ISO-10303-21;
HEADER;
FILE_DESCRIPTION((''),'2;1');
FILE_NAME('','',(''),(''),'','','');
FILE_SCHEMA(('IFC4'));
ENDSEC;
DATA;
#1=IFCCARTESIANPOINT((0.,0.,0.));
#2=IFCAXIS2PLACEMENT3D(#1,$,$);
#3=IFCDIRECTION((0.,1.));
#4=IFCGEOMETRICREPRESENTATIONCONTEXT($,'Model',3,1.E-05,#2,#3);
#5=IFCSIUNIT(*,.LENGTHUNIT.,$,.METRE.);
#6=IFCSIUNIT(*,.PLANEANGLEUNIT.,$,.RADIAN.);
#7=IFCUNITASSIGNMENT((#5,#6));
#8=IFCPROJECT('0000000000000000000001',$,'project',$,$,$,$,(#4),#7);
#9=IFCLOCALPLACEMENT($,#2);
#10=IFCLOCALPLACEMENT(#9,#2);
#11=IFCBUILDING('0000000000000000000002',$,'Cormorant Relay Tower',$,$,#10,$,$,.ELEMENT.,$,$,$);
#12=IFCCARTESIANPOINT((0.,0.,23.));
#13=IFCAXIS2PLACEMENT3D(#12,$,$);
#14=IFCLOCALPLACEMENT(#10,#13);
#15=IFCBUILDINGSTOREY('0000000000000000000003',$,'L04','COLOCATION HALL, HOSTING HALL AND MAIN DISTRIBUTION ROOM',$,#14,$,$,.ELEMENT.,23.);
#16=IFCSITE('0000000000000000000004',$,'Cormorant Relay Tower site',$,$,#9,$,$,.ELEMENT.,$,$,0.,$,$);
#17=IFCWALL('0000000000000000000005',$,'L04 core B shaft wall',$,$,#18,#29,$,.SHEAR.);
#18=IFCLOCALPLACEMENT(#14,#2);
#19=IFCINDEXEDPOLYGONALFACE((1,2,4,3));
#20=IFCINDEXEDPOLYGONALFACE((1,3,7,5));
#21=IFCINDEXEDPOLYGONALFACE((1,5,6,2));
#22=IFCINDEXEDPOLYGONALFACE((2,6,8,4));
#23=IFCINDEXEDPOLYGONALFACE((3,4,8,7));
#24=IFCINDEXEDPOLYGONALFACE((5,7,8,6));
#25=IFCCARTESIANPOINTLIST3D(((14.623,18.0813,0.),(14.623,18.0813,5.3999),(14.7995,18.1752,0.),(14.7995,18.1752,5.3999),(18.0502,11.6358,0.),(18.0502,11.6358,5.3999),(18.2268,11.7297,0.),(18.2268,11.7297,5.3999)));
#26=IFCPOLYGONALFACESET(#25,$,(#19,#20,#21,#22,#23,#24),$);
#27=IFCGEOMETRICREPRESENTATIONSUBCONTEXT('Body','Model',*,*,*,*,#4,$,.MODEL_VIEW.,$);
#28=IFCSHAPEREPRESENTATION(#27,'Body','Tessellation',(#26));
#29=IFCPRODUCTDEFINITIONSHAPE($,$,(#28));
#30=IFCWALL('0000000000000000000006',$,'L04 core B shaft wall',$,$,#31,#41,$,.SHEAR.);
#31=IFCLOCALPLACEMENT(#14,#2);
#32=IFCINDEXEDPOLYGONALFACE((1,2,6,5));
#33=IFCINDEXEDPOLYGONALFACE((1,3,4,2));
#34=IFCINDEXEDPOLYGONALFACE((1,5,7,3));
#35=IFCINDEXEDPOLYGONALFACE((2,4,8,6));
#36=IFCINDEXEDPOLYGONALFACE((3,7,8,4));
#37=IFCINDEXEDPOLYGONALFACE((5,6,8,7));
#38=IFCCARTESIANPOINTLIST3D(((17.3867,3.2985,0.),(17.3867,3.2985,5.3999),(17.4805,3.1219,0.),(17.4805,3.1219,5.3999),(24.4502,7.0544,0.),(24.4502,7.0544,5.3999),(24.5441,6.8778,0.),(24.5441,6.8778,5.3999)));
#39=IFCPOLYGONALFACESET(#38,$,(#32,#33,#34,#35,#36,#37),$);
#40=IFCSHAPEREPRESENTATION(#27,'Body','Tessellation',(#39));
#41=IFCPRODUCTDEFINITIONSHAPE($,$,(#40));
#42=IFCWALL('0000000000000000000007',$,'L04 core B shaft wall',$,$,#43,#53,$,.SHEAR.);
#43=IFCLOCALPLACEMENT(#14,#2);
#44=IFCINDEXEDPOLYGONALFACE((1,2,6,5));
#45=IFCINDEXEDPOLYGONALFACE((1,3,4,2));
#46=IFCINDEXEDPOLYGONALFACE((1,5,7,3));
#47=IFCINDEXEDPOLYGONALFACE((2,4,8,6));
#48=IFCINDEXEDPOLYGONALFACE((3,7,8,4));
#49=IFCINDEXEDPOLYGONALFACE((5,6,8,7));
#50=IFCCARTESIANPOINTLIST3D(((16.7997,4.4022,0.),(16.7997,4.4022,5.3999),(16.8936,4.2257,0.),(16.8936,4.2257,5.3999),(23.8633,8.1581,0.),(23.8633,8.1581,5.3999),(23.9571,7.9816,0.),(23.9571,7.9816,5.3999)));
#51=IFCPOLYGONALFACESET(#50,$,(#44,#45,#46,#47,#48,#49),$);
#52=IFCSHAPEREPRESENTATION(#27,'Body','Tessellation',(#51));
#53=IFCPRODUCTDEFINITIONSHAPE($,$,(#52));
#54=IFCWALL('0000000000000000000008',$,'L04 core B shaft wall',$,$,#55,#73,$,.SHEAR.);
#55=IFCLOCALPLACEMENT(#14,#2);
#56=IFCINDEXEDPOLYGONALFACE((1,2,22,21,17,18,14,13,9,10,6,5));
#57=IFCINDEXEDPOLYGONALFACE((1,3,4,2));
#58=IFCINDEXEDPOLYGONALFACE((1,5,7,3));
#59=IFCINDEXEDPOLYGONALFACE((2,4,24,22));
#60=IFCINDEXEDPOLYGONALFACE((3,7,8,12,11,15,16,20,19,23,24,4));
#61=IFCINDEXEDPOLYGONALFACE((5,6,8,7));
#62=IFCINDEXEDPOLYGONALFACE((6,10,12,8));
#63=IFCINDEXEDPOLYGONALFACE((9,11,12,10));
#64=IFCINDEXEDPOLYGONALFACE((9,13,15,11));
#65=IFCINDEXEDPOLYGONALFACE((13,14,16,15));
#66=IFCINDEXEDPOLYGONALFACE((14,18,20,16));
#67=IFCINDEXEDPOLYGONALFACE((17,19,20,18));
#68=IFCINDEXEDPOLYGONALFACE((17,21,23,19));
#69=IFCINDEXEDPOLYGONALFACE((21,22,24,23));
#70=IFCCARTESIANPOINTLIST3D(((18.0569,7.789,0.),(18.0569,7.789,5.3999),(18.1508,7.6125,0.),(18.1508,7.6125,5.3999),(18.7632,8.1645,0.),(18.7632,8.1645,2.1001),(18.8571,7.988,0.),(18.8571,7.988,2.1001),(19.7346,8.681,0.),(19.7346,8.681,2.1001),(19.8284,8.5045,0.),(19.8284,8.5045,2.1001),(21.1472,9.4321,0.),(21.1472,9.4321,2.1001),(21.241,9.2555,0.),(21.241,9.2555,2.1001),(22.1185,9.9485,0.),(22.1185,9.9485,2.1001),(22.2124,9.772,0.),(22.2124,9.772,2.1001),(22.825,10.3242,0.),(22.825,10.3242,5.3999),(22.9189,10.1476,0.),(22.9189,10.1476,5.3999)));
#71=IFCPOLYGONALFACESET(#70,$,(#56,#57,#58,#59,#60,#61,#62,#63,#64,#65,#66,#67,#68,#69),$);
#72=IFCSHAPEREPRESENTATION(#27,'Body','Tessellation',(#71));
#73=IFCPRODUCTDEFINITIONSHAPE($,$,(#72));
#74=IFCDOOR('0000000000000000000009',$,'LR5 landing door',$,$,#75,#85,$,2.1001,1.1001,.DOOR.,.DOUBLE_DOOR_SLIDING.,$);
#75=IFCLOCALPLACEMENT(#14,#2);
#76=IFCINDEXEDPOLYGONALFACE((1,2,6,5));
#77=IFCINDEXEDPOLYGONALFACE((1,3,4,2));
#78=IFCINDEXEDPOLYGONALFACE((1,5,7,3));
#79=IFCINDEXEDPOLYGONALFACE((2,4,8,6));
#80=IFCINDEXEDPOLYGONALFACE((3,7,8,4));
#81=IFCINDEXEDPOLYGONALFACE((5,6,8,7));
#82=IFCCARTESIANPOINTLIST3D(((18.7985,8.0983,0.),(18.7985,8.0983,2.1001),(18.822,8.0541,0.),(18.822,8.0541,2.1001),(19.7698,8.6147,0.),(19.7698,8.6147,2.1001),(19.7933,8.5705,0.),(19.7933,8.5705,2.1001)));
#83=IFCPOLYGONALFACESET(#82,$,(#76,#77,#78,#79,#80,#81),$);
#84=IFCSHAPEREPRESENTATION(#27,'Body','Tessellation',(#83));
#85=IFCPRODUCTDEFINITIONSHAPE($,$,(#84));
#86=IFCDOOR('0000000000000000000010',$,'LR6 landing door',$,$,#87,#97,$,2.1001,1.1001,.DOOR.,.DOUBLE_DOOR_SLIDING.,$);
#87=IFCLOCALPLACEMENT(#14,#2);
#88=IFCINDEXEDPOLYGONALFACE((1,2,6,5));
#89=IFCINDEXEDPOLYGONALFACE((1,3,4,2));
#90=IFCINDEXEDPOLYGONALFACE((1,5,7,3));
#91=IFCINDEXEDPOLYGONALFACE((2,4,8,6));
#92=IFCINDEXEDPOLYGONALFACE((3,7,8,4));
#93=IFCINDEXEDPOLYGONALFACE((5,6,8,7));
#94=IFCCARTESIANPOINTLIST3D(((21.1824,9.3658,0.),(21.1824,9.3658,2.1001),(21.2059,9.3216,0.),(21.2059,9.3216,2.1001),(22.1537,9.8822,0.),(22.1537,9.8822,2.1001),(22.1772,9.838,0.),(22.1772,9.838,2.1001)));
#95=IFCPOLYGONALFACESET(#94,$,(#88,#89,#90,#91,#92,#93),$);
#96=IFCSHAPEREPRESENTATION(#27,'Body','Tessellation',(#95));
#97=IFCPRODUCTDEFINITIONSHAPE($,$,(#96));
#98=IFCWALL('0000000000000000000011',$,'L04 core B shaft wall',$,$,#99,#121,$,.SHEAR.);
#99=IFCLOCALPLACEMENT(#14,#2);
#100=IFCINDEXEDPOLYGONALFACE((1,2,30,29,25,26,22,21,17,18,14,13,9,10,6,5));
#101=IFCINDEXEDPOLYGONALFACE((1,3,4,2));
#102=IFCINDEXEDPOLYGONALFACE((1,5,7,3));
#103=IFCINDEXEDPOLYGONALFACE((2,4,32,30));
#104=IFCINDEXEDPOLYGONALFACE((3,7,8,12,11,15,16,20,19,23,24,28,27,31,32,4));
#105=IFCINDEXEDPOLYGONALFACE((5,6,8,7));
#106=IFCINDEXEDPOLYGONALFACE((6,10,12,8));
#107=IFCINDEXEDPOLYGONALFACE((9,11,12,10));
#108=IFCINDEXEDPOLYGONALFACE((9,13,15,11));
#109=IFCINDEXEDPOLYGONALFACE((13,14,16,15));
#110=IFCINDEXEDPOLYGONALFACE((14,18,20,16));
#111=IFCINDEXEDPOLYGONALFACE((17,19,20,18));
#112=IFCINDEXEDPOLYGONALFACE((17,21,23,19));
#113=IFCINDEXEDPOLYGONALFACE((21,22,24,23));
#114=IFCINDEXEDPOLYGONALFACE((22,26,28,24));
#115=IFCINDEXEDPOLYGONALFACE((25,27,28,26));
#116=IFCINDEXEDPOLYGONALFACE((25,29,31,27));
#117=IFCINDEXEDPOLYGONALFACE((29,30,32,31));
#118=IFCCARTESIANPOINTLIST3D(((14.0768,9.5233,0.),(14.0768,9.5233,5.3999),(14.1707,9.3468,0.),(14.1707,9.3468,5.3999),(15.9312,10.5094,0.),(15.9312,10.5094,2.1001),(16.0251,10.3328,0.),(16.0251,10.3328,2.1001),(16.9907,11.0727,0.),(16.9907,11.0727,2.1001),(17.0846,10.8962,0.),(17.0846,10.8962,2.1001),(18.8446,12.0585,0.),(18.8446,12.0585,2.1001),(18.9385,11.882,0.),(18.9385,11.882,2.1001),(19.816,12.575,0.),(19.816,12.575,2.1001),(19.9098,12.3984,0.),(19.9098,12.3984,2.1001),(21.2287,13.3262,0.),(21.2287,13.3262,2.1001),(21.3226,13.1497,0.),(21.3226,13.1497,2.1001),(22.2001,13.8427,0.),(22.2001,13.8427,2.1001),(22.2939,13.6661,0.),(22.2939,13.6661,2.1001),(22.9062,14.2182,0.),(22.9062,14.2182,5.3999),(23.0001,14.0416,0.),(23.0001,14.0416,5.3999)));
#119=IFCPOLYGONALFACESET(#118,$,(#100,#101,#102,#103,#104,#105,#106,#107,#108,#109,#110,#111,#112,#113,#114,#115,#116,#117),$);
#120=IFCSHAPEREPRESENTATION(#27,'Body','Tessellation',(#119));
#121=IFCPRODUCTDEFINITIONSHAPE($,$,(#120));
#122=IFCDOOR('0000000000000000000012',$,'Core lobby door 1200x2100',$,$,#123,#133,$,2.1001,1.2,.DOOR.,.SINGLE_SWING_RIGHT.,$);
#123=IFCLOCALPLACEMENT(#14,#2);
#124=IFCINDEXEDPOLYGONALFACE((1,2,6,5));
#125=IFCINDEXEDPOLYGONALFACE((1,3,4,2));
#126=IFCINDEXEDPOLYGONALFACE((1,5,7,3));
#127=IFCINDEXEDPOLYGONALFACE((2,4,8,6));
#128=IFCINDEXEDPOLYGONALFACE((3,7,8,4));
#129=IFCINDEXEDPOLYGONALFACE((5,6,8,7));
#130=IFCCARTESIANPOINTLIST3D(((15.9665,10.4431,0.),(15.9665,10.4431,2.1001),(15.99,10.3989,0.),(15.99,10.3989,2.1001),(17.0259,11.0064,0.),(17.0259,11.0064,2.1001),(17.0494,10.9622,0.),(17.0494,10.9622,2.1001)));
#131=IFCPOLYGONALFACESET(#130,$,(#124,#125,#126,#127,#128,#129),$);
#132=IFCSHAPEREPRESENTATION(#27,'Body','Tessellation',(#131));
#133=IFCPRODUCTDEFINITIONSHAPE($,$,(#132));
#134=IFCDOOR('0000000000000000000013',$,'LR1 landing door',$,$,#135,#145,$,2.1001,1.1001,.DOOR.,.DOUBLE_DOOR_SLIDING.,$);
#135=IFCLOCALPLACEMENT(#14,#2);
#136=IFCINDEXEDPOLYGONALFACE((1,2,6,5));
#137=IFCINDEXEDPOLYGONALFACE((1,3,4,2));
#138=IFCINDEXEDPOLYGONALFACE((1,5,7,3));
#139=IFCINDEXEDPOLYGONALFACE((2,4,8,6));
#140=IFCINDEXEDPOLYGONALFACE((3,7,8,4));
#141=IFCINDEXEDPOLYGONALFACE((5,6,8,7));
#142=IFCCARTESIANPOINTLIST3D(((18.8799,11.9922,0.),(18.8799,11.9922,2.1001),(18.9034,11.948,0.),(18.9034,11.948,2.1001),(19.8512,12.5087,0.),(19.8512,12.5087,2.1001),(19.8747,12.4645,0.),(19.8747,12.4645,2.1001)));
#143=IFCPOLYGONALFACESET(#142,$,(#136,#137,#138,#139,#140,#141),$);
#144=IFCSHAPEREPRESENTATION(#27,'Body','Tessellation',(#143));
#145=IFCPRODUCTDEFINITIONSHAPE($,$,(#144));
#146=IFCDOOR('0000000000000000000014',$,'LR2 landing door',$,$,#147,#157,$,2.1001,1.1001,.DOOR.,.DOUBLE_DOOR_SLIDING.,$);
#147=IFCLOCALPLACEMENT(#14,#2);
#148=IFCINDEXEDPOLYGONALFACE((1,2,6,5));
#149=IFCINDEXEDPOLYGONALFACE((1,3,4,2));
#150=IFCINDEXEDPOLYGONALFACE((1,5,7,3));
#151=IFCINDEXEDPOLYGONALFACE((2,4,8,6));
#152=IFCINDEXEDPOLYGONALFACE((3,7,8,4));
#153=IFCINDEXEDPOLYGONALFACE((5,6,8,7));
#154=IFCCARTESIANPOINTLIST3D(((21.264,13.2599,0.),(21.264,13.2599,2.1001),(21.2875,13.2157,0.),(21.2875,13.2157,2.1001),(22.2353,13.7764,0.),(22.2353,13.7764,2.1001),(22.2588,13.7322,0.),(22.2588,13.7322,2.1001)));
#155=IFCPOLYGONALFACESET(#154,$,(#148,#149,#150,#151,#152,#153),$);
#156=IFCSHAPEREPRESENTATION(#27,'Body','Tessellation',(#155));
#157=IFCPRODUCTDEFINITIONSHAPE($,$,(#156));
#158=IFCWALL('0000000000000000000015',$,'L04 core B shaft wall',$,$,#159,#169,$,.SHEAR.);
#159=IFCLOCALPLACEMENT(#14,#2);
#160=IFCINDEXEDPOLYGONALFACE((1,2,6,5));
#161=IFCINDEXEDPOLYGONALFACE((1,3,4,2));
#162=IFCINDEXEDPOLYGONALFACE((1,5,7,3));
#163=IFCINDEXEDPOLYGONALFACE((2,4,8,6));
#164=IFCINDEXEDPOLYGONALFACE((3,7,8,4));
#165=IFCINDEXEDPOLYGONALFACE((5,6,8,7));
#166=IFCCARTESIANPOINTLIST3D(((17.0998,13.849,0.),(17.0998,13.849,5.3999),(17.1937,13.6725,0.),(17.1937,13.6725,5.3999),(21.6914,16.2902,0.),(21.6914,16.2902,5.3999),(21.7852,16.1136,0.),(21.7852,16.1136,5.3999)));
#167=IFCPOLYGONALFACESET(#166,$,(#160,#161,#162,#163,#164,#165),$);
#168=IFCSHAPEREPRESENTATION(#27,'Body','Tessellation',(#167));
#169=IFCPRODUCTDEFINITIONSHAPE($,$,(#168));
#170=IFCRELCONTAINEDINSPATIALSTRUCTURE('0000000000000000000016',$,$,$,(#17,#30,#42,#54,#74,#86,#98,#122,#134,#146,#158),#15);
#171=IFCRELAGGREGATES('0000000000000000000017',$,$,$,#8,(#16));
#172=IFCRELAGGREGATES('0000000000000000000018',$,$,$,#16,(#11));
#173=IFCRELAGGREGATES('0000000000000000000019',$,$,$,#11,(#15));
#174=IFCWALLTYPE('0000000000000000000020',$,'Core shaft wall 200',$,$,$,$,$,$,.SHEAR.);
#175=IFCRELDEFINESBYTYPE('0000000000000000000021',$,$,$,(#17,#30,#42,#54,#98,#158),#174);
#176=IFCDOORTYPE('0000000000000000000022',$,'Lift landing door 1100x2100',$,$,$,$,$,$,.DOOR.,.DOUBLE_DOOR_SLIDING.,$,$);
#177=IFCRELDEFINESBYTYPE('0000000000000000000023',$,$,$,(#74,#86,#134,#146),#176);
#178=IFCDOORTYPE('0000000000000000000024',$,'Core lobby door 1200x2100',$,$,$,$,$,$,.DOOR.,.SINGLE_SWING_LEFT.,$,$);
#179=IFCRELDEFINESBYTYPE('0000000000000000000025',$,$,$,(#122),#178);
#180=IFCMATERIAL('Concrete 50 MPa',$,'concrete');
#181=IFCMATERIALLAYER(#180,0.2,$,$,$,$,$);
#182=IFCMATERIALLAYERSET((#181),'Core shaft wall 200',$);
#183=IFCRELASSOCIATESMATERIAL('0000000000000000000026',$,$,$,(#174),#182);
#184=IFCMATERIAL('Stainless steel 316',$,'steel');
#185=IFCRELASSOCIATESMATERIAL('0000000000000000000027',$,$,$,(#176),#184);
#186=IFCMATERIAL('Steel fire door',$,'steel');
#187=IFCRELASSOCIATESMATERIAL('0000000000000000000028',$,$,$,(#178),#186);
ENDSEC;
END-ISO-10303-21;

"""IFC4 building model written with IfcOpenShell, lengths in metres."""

from ifc_helpers import new_model, si_unit, direction, frame, frame_2d, origin, place, context, subcontext, project, spatial, rectangle, extrude, material, layer, layer_set, type_object, element, fill, save


model = new_model("IFC4")

# Units and contexts
model_context = context("Model", 3, precision=1e-05, world=origin(), true_north=direction((0.0, 1.0)))
body_context = subcontext(model_context, "Body", "Model", "MODEL_VIEW")
ifc_project = project(units=[si_unit("LENGTHUNIT", "METRE"), si_unit("PLANEANGLEUNIT", "RADIAN")], contexts=[model_context])

# Site, building, storey
site_placement = place(None, origin())
site = spatial("IfcSite", under=ifc_project, at=site_placement, Name="Cormorant Relay Tower site", CompositionType="ELEMENT", RefElevation=0.0)
building_placement = place(site_placement, origin())
building = spatial("IfcBuilding", under=site, at=building_placement, Name="Cormorant Relay Tower", CompositionType="ELEMENT")
storey_placement = place(building_placement, frame((0.0, 0.0, 23.0)))
storey = spatial("IfcBuildingStorey", under=building, at=storey_placement, Name="L04", Description="COLOCATION HALL, HOSTING HALL AND MAIN DISTRIBUTION ROOM", CompositionType="ELEMENT", Elevation=23.0)

# Walls
ifc_material_1 = material(Name="Concrete 50 MPa", Category="concrete")
ifc_layer_1 = layer(ifc_material_1, 0.2)
ifc_layer_set_1 = layer_set([ifc_layer_1], Name="Core shaft wall 200")
wall_type_1 = type_object("IfcWallType", Name="Core shaft wall 200", PredefinedType="SHEAR", material=ifc_layer_set_1)
wall_1_placement = place(storey_placement, frame((18.1384, 11.6829, 0.0), z_axis=(0.0, 0.0, 1.0), x_axis=(-0.46948, 0.882943, 0.0)))
element("IfcWall", 1, at=wall_1_placement, inside=storey, type_object=wall_type_1, Name="L04 core B shaft wall", PredefinedType="SHEAR", context=body_context, shape_type="SweptSolid", body=[
    extrude(rectangle(XDim=7.3, YDim=0.2, at=frame_2d((3.6499, 0.0))), origin(), (0.0, 0.0, 1.0), 5.3999),
])
for number, where, z_axis, x_axis, name in (
    (2, (17.4336, 3.2102, 0.0), (0.0, 0.0, 1.0), (0.88294, 0.469485, 0.0), "L04 core B shaft wall"),
    (3, (16.8467, 4.314, 0.0), (0.0, 0.0, 1.0), (0.88294, 0.469485, 0.0), "L04 core B shaft wall"),
):
    element("IfcWall", number, at=place(storey_placement, frame(where, z_axis=z_axis, x_axis=x_axis)), inside=storey, type_object=wall_type_1, Name=name, PredefinedType="SHEAR", context=body_context, shape_type="SweptSolid", body=[
        extrude(rectangle(XDim=8.0, YDim=0.2, at=frame_2d((4.0, 0.0))), origin(), (0.0, 0.0, 1.0), 5.3999),
    ])

# Walls, openings, doors
wall_2_placement = place(storey_placement, frame((18.1038, 7.7007, 0.0), z_axis=(0.0, 0.0, 1.0), x_axis=(0.882953, 0.469462, 0.0)))
wall_2 = element("IfcWall", 4, at=wall_2_placement, inside=storey, type_object=wall_type_1, Name="L04 core B shaft wall", PredefinedType="SHEAR", context=body_context, shape_type="SweptSolid", body=[
    extrude(rectangle(XDim=5.4001, YDim=0.2, at=frame_2d((2.7002, 0.0))), origin(), (0.0, 0.0, 1.0), 5.3999),
])
opening_1_placement = place(wall_2_placement, frame((0.8, 0.0, 0.0)))
opening_1 = element("IfcOpeningElement", 5, at=opening_1_placement, cuts=wall_2, PredefinedType="OPENING", context=body_context, shape_type="SweptSolid", body=[
    extrude(rectangle(XDim=1.1001, YDim=2.1001, at=frame_2d((0.55, 1.05))), frame((0.0, 0.1099, 0.0), z_axis=(0.0, -1.0, 0.0), x_axis=(1.0, 0.0, 0.0)), (0.0, 0.0, 1.0), 0.22),
])
opening_2_placement = place(wall_2_placement, frame((3.5, 0.0, 0.0)))
opening_2 = element("IfcOpeningElement", 6, at=opening_2_placement, cuts=wall_2, PredefinedType="OPENING", context=body_context, shape_type="SweptSolid", body=[
    extrude(rectangle(XDim=1.1001, YDim=2.1001, at=frame_2d((0.55, 1.05))), frame((0.0, 0.1099, 0.0), z_axis=(0.0, -1.0, 0.0), x_axis=(1.0, 0.0, 0.0)), (0.0, 0.0, 1.0), 0.22),
])
ifc_material_2 = material(Name="Stainless steel 316", Category="steel")
door_type_1 = type_object("IfcDoorType", Name="Lift landing door 1100x2100", OperationType="DOUBLE_DOOR_SLIDING", PredefinedType="DOOR", material=ifc_material_2)
door_1_placement = place(opening_1_placement, origin())
door_1 = element("IfcDoor", 7, at=door_1_placement, inside=storey, type_object=door_type_1, Name="LR5 landing door", OperationType="DOUBLE_DOOR_SLIDING", OverallHeight=2.1001, OverallWidth=1.1001, PredefinedType="DOOR", context=body_context, shape_type="SweptSolid", body=[
    extrude(rectangle(XDim=1.1001, YDim=2.1001, at=frame_2d((0.55, 1.05))), frame((0.0, 0.0249, 0.0), z_axis=(0.0, -1.0, 0.0), x_axis=(1.0, 0.0, 0.0)), (0.0, 0.0, 1.0), 0.05),
])
fill(opening_1, door_1)
door_2_placement = place(opening_2_placement, origin())
door_2 = element("IfcDoor", 8, at=door_2_placement, inside=storey, type_object=door_type_1, Name="LR6 landing door", OperationType="DOUBLE_DOOR_SLIDING", OverallHeight=2.1001, OverallWidth=1.1001, PredefinedType="DOOR", context=body_context, shape_type="SweptSolid", body=[
    extrude(rectangle(XDim=1.1001, YDim=2.1001, at=frame_2d((0.55, 1.05))), frame((0.0, 0.0249, 0.0), z_axis=(0.0, -1.0, 0.0), x_axis=(1.0, 0.0, 0.0)), (0.0, 0.0, 1.0), 0.05),
])
fill(opening_2, door_2)
wall_3_placement = place(storey_placement, frame((14.1238, 9.4351, 0.0), z_axis=(0.0, 0.0, 1.0), x_axis=(0.88294, 0.469485, 0.0)))
wall_3 = element("IfcWall", 9, at=wall_3_placement, inside=storey, type_object=wall_type_1, Name="L04 core B shaft wall", PredefinedType="SHEAR", context=body_context, shape_type="SweptSolid", body=[
    extrude(rectangle(XDim=10.0, YDim=0.2, at=frame_2d((5.0, 0.0))), origin(), (0.0, 0.0, 1.0), 5.3999),
])
opening_3_placement = place(wall_3_placement, frame((2.1001, 0.0, 0.0)))
opening_3 = element("IfcOpeningElement", 10, at=opening_3_placement, cuts=wall_3, PredefinedType="OPENING", context=body_context, shape_type="SweptSolid", body=[
    extrude(rectangle(XDim=1.2, YDim=2.1001, at=frame_2d((0.6001, 1.05))), frame((0.0, 0.1099, 0.0), z_axis=(0.0, -1.0, 0.0), x_axis=(1.0, 0.0, 0.0)), (0.0, 0.0, 1.0), 0.22),
])
opening_4_placement = place(wall_3_placement, frame((5.3999, 0.0, 0.0)))
opening_4 = element("IfcOpeningElement", 11, at=opening_4_placement, cuts=wall_3, PredefinedType="OPENING", context=body_context, shape_type="SweptSolid", body=[
    extrude(rectangle(XDim=1.1001, YDim=2.1001, at=frame_2d((0.55, 1.05))), frame((0.0, 0.1099, 0.0), z_axis=(0.0, -1.0, 0.0), x_axis=(1.0, 0.0, 0.0)), (0.0, 0.0, 1.0), 0.22),
])
opening_5_placement = place(wall_3_placement, frame((8.1001, 0.0, 0.0)))
opening_5 = element("IfcOpeningElement", 12, at=opening_5_placement, cuts=wall_3, PredefinedType="OPENING", context=body_context, shape_type="SweptSolid", body=[
    extrude(rectangle(XDim=1.1001, YDim=2.1001, at=frame_2d((0.55, 1.05))), frame((0.0, 0.1099, 0.0), z_axis=(0.0, -1.0, 0.0), x_axis=(1.0, 0.0, 0.0)), (0.0, 0.0, 1.0), 0.22),
])
ifc_material_3 = material(Name="Steel fire door", Category="steel")
door_type_2 = type_object("IfcDoorType", Name="Core lobby door 1200x2100", OperationType="SINGLE_SWING_LEFT", PredefinedType="DOOR", material=ifc_material_3)
door_3_placement = place(opening_3_placement, origin())
door_3 = element("IfcDoor", 13, at=door_3_placement, inside=storey, type_object=door_type_2, Name="Core lobby door 1200x2100", OperationType="SINGLE_SWING_RIGHT", OverallHeight=2.1001, OverallWidth=1.2, PredefinedType="DOOR", context=body_context, shape_type="SweptSolid", body=[
    extrude(rectangle(XDim=1.2, YDim=2.1001, at=frame_2d((0.6001, 1.05))), frame((0.0, 0.0249, 0.0), z_axis=(0.0, -1.0, 0.0), x_axis=(1.0, 0.0, 0.0)), (0.0, 0.0, 1.0), 0.05),
])
fill(opening_3, door_3)
door_4_placement = place(opening_4_placement, origin())
door_4 = element("IfcDoor", 14, at=door_4_placement, inside=storey, type_object=door_type_1, Name="LR1 landing door", OperationType="DOUBLE_DOOR_SLIDING", OverallHeight=2.1001, OverallWidth=1.1001, PredefinedType="DOOR", context=body_context, shape_type="SweptSolid", body=[
    extrude(rectangle(XDim=1.1001, YDim=2.1001, at=frame_2d((0.55, 1.05))), frame((0.0, 0.0249, 0.0), z_axis=(0.0, -1.0, 0.0), x_axis=(1.0, 0.0, 0.0)), (0.0, 0.0, 1.0), 0.05),
])
fill(opening_4, door_4)
door_5_placement = place(opening_5_placement, origin())
door_5 = element("IfcDoor", 15, at=door_5_placement, inside=storey, type_object=door_type_1, Name="LR2 landing door", OperationType="DOUBLE_DOOR_SLIDING", OverallHeight=2.1001, OverallWidth=1.1001, PredefinedType="DOOR", context=body_context, shape_type="SweptSolid", body=[
    extrude(rectangle(XDim=1.1001, YDim=2.1001, at=frame_2d((0.55, 1.05))), frame((0.0, 0.0249, 0.0), z_axis=(0.0, -1.0, 0.0), x_axis=(1.0, 0.0, 0.0)), (0.0, 0.0, 1.0), 0.05),
])
fill(opening_5, door_5)

# Wall
wall_4_placement = place(storey_placement, frame((17.1467, 13.7607, 0.0), z_axis=(0.0, 0.0, 1.0), x_axis=(0.882964, 0.46944, 0.0)))
element("IfcWall", 16, at=wall_4_placement, inside=storey, type_object=wall_type_1, Name="L04 core B shaft wall", PredefinedType="SHEAR", context=body_context, shape_type="SweptSolid", body=[
    extrude(rectangle(XDim=5.2002, YDim=0.2, at=frame_2d((2.6001, 0.0))), origin(), (0.0, 0.0, 1.0), 5.3999),
])

save(model, "model.ifc")
